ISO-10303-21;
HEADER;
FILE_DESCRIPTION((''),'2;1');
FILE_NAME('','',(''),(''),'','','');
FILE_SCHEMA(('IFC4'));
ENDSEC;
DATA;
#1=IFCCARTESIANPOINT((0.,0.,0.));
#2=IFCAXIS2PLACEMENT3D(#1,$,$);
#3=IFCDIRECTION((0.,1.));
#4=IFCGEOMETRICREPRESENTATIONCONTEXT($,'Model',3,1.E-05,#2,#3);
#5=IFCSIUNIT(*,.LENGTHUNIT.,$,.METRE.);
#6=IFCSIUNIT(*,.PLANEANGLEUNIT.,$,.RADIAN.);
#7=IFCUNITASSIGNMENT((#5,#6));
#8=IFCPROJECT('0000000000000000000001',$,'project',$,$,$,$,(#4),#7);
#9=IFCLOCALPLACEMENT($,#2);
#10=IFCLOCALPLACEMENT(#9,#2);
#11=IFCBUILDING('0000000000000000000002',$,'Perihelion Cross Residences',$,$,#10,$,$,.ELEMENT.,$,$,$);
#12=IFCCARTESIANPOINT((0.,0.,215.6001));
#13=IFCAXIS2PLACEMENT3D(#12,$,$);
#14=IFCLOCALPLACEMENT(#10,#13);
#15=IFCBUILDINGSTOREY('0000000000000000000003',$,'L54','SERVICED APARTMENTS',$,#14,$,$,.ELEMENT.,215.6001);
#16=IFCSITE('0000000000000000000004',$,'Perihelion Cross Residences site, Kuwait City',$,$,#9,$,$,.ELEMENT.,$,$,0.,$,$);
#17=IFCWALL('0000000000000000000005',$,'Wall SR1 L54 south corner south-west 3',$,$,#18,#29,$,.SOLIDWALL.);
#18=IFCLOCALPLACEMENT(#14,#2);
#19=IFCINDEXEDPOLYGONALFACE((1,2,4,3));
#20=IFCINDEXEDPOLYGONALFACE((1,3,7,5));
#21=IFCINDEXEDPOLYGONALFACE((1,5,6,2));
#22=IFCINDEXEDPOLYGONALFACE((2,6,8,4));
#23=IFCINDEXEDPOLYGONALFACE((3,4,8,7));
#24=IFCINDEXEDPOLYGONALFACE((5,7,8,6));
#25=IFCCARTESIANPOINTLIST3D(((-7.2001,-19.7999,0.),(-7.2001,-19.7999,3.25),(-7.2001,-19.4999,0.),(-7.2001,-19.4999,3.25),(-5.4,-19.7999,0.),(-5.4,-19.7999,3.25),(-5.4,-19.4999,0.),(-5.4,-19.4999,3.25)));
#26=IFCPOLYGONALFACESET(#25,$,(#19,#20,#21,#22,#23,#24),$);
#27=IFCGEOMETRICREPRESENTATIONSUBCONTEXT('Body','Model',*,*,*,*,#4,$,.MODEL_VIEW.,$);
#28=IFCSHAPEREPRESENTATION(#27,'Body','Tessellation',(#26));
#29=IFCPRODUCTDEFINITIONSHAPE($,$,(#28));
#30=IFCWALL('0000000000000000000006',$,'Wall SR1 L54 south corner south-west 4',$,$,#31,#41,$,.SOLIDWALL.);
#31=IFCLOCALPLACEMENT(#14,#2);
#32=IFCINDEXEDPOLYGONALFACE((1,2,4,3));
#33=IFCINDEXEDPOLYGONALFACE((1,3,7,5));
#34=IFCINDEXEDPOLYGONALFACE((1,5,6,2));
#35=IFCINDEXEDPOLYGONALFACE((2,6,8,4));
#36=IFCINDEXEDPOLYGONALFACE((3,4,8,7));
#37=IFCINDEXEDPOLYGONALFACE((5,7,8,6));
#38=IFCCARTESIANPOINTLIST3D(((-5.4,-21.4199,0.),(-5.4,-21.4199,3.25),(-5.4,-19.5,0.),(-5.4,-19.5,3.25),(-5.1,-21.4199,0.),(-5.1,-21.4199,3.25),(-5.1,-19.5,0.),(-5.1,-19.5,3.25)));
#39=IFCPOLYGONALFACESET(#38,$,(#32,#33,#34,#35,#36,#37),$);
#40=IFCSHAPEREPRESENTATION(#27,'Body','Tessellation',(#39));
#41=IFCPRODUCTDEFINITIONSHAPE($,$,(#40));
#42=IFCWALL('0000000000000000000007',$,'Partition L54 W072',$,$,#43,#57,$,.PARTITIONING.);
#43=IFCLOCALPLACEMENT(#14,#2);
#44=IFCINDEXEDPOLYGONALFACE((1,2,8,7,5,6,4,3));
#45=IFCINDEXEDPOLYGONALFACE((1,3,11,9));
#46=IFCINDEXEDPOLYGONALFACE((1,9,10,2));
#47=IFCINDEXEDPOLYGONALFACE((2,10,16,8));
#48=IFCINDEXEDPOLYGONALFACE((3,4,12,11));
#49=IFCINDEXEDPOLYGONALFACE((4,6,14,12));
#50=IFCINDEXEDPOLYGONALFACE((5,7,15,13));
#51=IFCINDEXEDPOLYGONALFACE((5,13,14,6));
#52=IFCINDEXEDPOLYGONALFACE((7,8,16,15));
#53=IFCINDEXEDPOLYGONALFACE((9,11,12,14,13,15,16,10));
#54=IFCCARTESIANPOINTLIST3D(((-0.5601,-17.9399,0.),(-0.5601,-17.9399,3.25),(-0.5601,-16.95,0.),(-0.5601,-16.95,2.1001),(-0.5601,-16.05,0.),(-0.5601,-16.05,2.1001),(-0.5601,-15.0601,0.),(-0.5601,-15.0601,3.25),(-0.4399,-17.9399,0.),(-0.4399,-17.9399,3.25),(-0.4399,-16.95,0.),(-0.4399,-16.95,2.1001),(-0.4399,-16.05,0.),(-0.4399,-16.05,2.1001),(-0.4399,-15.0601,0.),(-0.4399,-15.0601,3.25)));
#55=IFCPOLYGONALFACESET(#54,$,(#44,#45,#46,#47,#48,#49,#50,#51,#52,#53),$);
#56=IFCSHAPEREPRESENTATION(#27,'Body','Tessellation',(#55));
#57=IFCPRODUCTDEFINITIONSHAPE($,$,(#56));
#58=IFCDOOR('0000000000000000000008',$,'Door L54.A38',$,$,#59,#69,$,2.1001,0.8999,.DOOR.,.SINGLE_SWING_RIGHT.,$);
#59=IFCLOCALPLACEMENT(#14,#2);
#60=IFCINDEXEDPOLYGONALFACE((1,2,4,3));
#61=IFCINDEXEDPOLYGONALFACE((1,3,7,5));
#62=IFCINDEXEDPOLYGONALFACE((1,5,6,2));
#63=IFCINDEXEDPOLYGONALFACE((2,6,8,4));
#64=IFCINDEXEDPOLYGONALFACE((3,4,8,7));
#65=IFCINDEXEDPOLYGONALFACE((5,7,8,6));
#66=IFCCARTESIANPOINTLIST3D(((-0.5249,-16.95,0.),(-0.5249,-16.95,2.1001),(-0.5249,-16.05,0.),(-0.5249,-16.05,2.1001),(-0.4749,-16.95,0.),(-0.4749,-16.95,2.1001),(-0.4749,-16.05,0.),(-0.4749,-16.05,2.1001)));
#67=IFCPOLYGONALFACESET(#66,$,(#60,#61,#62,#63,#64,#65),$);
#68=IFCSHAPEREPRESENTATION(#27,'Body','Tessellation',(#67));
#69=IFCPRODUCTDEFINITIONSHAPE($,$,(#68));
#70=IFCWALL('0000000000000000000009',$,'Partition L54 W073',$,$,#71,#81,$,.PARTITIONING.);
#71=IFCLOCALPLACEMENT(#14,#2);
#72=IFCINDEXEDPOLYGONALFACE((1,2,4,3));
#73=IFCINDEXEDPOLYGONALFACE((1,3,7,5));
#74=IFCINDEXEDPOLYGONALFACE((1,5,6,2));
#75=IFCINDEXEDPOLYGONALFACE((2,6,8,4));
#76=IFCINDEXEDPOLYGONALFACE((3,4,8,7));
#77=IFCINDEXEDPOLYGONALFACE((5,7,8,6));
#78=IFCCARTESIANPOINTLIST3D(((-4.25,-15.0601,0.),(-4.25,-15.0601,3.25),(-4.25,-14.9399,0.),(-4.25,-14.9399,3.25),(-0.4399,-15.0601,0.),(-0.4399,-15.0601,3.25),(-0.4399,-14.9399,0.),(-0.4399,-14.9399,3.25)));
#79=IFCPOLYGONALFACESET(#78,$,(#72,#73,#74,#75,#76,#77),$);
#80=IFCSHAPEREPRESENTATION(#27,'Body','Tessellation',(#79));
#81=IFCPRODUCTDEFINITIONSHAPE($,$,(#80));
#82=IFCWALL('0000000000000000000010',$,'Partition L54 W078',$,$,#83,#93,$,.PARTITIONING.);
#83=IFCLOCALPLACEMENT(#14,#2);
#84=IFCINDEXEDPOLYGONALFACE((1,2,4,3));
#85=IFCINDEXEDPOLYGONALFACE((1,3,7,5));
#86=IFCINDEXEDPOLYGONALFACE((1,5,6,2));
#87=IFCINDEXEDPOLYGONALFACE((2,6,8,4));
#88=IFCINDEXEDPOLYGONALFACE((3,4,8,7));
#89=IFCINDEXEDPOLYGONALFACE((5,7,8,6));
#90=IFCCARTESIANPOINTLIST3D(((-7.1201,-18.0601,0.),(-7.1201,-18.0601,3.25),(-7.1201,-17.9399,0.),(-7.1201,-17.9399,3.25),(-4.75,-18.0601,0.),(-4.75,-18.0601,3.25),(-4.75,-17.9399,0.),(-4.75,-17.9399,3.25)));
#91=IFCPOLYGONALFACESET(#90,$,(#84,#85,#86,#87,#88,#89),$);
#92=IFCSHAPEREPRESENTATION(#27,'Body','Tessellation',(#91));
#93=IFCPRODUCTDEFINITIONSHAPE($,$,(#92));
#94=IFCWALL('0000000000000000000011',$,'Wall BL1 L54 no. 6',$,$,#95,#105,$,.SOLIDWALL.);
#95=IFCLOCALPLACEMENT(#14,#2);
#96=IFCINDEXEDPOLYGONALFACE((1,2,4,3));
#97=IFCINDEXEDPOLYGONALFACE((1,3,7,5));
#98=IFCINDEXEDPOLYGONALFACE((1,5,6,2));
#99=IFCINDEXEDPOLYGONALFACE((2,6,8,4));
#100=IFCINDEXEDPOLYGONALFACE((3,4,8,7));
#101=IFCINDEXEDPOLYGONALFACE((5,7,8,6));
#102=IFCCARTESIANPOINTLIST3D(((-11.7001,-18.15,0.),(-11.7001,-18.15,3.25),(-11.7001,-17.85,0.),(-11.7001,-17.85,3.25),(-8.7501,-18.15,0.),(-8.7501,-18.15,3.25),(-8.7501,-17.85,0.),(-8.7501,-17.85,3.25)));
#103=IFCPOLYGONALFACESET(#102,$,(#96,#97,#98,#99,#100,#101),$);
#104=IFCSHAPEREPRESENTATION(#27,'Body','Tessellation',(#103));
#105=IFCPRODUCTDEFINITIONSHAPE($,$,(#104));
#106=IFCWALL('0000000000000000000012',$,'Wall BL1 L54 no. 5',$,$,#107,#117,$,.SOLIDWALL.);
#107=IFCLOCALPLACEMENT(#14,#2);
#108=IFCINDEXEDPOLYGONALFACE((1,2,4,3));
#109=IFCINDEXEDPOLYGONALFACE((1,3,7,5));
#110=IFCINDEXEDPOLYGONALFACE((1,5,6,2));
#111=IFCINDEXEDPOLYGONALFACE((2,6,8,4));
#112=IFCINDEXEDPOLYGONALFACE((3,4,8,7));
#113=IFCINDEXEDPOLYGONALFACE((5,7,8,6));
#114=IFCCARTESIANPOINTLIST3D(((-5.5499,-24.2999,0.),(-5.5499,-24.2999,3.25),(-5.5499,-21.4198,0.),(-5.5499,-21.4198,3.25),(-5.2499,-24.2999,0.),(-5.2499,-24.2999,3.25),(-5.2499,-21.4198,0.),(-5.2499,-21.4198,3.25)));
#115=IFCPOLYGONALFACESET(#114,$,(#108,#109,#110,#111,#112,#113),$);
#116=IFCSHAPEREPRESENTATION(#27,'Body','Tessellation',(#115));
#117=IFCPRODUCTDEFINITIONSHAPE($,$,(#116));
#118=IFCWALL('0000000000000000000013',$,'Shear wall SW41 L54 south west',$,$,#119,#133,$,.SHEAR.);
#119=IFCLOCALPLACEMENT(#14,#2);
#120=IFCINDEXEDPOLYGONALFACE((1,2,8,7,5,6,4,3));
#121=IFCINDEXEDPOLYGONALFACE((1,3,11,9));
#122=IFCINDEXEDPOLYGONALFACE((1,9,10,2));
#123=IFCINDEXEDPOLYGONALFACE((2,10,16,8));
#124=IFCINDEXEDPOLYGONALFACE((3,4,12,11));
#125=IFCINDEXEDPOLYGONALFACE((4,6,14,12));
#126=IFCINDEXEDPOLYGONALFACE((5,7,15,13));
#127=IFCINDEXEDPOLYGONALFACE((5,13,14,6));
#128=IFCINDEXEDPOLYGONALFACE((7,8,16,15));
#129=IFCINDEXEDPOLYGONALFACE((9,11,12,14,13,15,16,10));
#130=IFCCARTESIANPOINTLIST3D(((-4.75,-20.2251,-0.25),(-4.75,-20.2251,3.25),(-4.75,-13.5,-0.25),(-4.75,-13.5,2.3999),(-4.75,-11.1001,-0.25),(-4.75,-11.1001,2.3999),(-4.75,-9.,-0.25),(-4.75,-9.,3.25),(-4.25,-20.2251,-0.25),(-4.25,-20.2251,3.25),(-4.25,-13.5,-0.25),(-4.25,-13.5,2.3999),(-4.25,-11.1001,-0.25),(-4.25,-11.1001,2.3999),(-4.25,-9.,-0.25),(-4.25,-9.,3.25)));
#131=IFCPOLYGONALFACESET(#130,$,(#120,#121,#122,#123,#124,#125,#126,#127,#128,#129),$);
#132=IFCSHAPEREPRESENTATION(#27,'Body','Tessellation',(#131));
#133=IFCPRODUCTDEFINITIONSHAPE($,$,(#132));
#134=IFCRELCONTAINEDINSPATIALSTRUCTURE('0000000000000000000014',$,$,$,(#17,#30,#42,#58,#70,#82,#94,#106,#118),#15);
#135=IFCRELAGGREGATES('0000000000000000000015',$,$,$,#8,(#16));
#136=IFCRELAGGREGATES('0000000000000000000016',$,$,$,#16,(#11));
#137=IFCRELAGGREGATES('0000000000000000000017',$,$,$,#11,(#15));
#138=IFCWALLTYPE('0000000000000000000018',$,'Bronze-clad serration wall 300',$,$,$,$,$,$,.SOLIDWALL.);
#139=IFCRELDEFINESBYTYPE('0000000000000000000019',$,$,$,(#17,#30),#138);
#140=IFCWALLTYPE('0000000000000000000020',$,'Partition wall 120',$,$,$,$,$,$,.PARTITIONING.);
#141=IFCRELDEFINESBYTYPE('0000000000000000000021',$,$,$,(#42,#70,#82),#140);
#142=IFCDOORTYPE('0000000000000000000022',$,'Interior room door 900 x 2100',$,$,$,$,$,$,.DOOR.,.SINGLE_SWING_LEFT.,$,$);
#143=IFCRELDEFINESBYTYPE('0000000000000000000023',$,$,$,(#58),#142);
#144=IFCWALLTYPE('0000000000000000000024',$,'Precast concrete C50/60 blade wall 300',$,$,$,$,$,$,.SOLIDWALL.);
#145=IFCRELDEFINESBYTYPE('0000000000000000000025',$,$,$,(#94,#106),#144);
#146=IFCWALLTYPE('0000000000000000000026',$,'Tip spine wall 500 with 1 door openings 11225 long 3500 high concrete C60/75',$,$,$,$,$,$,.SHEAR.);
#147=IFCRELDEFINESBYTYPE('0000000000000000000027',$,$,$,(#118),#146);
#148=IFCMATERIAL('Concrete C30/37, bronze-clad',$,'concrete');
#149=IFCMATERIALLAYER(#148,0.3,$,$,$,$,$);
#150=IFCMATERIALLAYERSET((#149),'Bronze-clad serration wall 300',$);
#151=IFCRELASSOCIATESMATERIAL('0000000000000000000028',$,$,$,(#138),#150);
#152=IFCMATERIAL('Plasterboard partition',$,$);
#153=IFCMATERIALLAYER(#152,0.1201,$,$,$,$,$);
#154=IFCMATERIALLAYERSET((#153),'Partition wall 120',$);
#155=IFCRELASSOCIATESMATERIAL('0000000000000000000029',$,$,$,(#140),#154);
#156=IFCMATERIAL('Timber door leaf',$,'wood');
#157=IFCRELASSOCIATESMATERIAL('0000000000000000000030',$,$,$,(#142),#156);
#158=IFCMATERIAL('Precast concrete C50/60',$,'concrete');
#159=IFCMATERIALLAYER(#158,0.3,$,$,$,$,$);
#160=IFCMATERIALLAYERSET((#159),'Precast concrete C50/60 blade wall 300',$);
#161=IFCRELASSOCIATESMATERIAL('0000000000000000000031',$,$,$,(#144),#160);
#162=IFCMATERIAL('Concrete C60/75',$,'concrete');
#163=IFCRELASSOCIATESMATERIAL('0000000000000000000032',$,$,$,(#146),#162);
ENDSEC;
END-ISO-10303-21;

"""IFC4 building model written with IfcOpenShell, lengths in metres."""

from ifc_helpers import new_model, si_unit, direction, frame, frame_2d, origin, place, context, subcontext, project, spatial, polyline, rectangle, outline, extrude, material, layer, layer_set, material_profile, profile_set, type_object, element, fill, save


model = new_model("IFC4")

# Units and contexts
model_context = context("Model", 3, precision=1e-05, world=origin(), true_north=direction((0.0, 1.0)))
body_context = subcontext(model_context, "Body", "Model", "MODEL_VIEW")
ifc_project = project(units=[si_unit("LENGTHUNIT", "METRE"), si_unit("PLANEANGLEUNIT", "RADIAN")], contexts=[model_context])

# Site, building, storey
site_placement = place(None, origin())
site = spatial("IfcSite", under=ifc_project, at=site_placement, Name="Perihelion Cross Residences site, Kuwait City", CompositionType="ELEMENT", RefElevation=0.0)
building_placement = place(site_placement, origin())
building = spatial("IfcBuilding", under=site, at=building_placement, Name="Perihelion Cross Residences", CompositionType="ELEMENT")
storey_placement = place(building_placement, frame((0.0, 0.0, 215.6001)))
storey = spatial("IfcBuildingStorey", under=building, at=storey_placement, Name="L54", Description="SERVICED APARTMENTS", CompositionType="ELEMENT", Elevation=215.6001)

# Walls
ifc_material_1 = material(Name="Concrete C30/37, bronze-clad", Category="concrete")
ifc_layer_1 = layer(ifc_material_1, 0.3)
ifc_layer_set_1 = layer_set([ifc_layer_1], Name="Bronze-clad serration wall 300")
wall_type_1 = type_object("IfcWallType", Name="Bronze-clad serration wall 300", PredefinedType="SOLIDWALL", material=ifc_layer_set_1)
for number, where, z_axis, x_axis, name in (
    (1, (-7.2, -19.6499, 0.0), (0.0, 0.0, 1.0), (1.0, 0.0, 0.0), "Wall SR1 L54 south corner south-west 3"),
):
    element("IfcWall", number, at=place(storey_placement, frame(where, z_axis=z_axis, x_axis=x_axis)), inside=storey, type_object=wall_type_1, Name=name, PredefinedType="SOLIDWALL", context=body_context, shape_type="SweptSolid", body=[
        extrude(rectangle(XDim=1.8, YDim=0.3, at=frame_2d((0.8999, 0.0))), origin(), (0.0, 0.0, 1.0), 3.25),
    ])
wall_1_placement = place(storey_placement, frame((-5.25, -19.5, 0.0), z_axis=(0.0, 0.0, 1.0), x_axis=(0.0, -1.0, 0.0)))
element("IfcWall", 2, at=wall_1_placement, inside=storey, type_object=wall_type_1, Name="Wall SR1 L54 south corner south-west 4", PredefinedType="SOLIDWALL", context=body_context, shape_type="SweptSolid", body=[
    extrude(rectangle(XDim=1.9199, YDim=0.3, at=frame_2d((0.96, 0.0))), origin(), (0.0, 0.0, 1.0), 3.25),
])

# Wall, opening, door
ifc_material_2 = material(Name="Plasterboard partition")
ifc_layer_2 = layer(ifc_material_2, 0.1201)
ifc_layer_set_2 = layer_set([ifc_layer_2], Name="Partition wall 120")
wall_type_2 = type_object("IfcWallType", Name="Partition wall 120", PredefinedType="PARTITIONING", material=ifc_layer_set_2)
wall_2_placement = place(storey_placement, frame((-0.5, -17.9399, 0.0), z_axis=(0.0, 0.0, 1.0), x_axis=(0.0, 1.0, 0.0)))
wall_2 = element("IfcWall", 3, at=wall_2_placement, inside=storey, type_object=wall_type_2, Name="Partition L54 W072", PredefinedType="PARTITIONING", context=body_context, shape_type="SweptSolid", body=[
    extrude(rectangle(XDim=2.8799, YDim=0.1201, at=frame_2d((1.4399, 0.0))), origin(), (0.0, 0.0, 1.0), 3.25),
])
opening_1_placement = place(wall_2_placement, frame((0.99, 0.0, 0.0)))
opening_1 = element("IfcOpeningElement", 4, at=opening_1_placement, cuts=wall_2, PredefinedType="OPENING", context=body_context, shape_type="SweptSolid", body=[
    extrude(rectangle(XDim=0.8999, YDim=2.1001, at=frame_2d((0.45, 1.05))), frame((0.0, 0.0701, 0.0), z_axis=(0.0, -1.0, 0.0), x_axis=(1.0, 0.0, 0.0)), (0.0, 0.0, 1.0), 0.1401),
])
ifc_material_3 = material(Name="Timber door leaf", Category="wood")
door_type_1 = type_object("IfcDoorType", Name="Interior room door 900 x 2100", OperationType="SINGLE_SWING_LEFT", PredefinedType="DOOR", material=ifc_material_3)
door_1_placement = place(opening_1_placement, origin())
door_1 = element("IfcDoor", 5, at=door_1_placement, inside=storey, type_object=door_type_1, Name="Door L54.A38", OperationType="SINGLE_SWING_RIGHT", OverallHeight=2.1001, OverallWidth=0.8999, PredefinedType="DOOR", context=body_context, shape_type="SweptSolid", body=[
    extrude(rectangle(XDim=0.8999, YDim=2.1001, at=frame_2d((0.45, 1.05))), frame((0.0, 0.0249, 0.0), z_axis=(0.0, -1.0, 0.0), x_axis=(1.0, 0.0, 0.0)), (0.0, 0.0, 1.0), 0.05),
])
fill(opening_1, door_1)

# Walls
wall_3_placement = place(storey_placement, frame((-0.4399, -15.0, 0.0), z_axis=(0.0, 0.0, 1.0), x_axis=(-1.0, 0.0, 0.0)))
element("IfcWall", 6, at=wall_3_placement, inside=storey, type_object=wall_type_2, Name="Partition L54 W073", PredefinedType="PARTITIONING", context=body_context, shape_type="SweptSolid", body=[
    extrude(rectangle(XDim=3.8101, YDim=0.1201, at=frame_2d((1.905, 0.0))), origin(), (0.0, 0.0, 1.0), 3.25),
])
wall_4_placement = place(storey_placement, frame((-4.75, -18.0, 0.0), z_axis=(0.0, 0.0, 1.0), x_axis=(-1.0, 0.0, 0.0)))
element("IfcWall", 7, at=wall_4_placement, inside=storey, type_object=wall_type_2, Name="Partition L54 W078", PredefinedType="PARTITIONING", context=body_context, shape_type="SweptSolid", body=[
    extrude(rectangle(XDim=2.3701, YDim=0.1201, at=frame_2d((1.1851, 0.0))), origin(), (0.0, 0.0, 1.0), 3.25),
])
ifc_material_4 = material(Name="Precast concrete C50/60", Category="concrete")
ifc_layer_3 = layer(ifc_material_4, 0.3)
ifc_layer_set_3 = layer_set([ifc_layer_3], Name="Precast concrete C50/60 blade wall 300")
wall_type_3 = type_object("IfcWallType", Name="Precast concrete C50/60 blade wall 300", PredefinedType="SOLIDWALL", material=ifc_layer_set_3)
wall_5_placement = place(storey_placement, frame((-8.75, -18.0, 0.0), z_axis=(0.0, 0.0, 1.0), x_axis=(-1.0, 0.0, 0.0)))
element("IfcWall", 8, at=wall_5_placement, inside=storey, type_object=wall_type_3, Name="Wall BL1 L54 no. 6", PredefinedType="SOLIDWALL", context=body_context, shape_type="SweptSolid", body=[
    extrude(rectangle(XDim=2.95, YDim=0.3, at=frame_2d((1.4751, 0.0))), origin(), (0.0, 0.0, 1.0), 3.25),
])
wall_6_placement = place(storey_placement, frame((-5.3999, -21.4199, 0.0), z_axis=(0.0, 0.0, 1.0), x_axis=(0.0, -1.0, 0.0)))
element("IfcWall", 9, at=wall_6_placement, inside=storey, type_object=wall_type_3, Name="Wall BL1 L54 no. 5", PredefinedType="SOLIDWALL", context=body_context, shape_type="SweptSolid", body=[
    extrude(rectangle(XDim=2.8801, YDim=0.3, at=frame_2d((1.4399, 0.0))), origin(), (0.0, 0.0, 1.0), 3.25),
])
ifc_material_5 = material(Name="Concrete C60/75", Category="concrete")
ifc_material_profile_1 = material_profile(ifc_material_5, outline(polyline([(0.0, 0.0), (6.7251, 0.0), (6.7251, 2.6499), (9.125, 2.6499), (9.125, 0.0), (11.2251, 0.0), (11.2251, 3.5), (0.0, 3.5), (0.0, 0.0)])), Name="Tip spine wall")
ifc_profile_set_1 = profile_set([ifc_material_profile_1], Name="Concrete C60/75")
wall_type_4 = type_object("IfcWallType", Name="Tip spine wall 500 with 1 door openings 11225 long 3500 high concrete C60/75", PredefinedType="SHEAR", material=ifc_profile_set_1)
wall_7_placement = place(storey_placement, frame((-4.75, -20.2251, -0.25), z_axis=(1.0, 0.0, 0.0), x_axis=(0.0, 1.0, 0.0)))
element("IfcWall", 10, at=wall_7_placement, inside=storey, type_object=wall_type_4, Name="Shear wall SW41 L54 south west", PredefinedType="SHEAR", context=body_context, shape_type="SweptSolid", body=[
    extrude(outline(polyline([(0.0, 0.0), (6.7251, 0.0), (6.7251, 2.6499), (9.125, 2.6499), (9.125, 0.0), (11.2251, 0.0), (11.2251, 3.5), (0.0, 3.5), (0.0, 0.0)])), origin(), (0.0, 0.0, 1.0), 0.5),
])

save(model, "model.ifc")
